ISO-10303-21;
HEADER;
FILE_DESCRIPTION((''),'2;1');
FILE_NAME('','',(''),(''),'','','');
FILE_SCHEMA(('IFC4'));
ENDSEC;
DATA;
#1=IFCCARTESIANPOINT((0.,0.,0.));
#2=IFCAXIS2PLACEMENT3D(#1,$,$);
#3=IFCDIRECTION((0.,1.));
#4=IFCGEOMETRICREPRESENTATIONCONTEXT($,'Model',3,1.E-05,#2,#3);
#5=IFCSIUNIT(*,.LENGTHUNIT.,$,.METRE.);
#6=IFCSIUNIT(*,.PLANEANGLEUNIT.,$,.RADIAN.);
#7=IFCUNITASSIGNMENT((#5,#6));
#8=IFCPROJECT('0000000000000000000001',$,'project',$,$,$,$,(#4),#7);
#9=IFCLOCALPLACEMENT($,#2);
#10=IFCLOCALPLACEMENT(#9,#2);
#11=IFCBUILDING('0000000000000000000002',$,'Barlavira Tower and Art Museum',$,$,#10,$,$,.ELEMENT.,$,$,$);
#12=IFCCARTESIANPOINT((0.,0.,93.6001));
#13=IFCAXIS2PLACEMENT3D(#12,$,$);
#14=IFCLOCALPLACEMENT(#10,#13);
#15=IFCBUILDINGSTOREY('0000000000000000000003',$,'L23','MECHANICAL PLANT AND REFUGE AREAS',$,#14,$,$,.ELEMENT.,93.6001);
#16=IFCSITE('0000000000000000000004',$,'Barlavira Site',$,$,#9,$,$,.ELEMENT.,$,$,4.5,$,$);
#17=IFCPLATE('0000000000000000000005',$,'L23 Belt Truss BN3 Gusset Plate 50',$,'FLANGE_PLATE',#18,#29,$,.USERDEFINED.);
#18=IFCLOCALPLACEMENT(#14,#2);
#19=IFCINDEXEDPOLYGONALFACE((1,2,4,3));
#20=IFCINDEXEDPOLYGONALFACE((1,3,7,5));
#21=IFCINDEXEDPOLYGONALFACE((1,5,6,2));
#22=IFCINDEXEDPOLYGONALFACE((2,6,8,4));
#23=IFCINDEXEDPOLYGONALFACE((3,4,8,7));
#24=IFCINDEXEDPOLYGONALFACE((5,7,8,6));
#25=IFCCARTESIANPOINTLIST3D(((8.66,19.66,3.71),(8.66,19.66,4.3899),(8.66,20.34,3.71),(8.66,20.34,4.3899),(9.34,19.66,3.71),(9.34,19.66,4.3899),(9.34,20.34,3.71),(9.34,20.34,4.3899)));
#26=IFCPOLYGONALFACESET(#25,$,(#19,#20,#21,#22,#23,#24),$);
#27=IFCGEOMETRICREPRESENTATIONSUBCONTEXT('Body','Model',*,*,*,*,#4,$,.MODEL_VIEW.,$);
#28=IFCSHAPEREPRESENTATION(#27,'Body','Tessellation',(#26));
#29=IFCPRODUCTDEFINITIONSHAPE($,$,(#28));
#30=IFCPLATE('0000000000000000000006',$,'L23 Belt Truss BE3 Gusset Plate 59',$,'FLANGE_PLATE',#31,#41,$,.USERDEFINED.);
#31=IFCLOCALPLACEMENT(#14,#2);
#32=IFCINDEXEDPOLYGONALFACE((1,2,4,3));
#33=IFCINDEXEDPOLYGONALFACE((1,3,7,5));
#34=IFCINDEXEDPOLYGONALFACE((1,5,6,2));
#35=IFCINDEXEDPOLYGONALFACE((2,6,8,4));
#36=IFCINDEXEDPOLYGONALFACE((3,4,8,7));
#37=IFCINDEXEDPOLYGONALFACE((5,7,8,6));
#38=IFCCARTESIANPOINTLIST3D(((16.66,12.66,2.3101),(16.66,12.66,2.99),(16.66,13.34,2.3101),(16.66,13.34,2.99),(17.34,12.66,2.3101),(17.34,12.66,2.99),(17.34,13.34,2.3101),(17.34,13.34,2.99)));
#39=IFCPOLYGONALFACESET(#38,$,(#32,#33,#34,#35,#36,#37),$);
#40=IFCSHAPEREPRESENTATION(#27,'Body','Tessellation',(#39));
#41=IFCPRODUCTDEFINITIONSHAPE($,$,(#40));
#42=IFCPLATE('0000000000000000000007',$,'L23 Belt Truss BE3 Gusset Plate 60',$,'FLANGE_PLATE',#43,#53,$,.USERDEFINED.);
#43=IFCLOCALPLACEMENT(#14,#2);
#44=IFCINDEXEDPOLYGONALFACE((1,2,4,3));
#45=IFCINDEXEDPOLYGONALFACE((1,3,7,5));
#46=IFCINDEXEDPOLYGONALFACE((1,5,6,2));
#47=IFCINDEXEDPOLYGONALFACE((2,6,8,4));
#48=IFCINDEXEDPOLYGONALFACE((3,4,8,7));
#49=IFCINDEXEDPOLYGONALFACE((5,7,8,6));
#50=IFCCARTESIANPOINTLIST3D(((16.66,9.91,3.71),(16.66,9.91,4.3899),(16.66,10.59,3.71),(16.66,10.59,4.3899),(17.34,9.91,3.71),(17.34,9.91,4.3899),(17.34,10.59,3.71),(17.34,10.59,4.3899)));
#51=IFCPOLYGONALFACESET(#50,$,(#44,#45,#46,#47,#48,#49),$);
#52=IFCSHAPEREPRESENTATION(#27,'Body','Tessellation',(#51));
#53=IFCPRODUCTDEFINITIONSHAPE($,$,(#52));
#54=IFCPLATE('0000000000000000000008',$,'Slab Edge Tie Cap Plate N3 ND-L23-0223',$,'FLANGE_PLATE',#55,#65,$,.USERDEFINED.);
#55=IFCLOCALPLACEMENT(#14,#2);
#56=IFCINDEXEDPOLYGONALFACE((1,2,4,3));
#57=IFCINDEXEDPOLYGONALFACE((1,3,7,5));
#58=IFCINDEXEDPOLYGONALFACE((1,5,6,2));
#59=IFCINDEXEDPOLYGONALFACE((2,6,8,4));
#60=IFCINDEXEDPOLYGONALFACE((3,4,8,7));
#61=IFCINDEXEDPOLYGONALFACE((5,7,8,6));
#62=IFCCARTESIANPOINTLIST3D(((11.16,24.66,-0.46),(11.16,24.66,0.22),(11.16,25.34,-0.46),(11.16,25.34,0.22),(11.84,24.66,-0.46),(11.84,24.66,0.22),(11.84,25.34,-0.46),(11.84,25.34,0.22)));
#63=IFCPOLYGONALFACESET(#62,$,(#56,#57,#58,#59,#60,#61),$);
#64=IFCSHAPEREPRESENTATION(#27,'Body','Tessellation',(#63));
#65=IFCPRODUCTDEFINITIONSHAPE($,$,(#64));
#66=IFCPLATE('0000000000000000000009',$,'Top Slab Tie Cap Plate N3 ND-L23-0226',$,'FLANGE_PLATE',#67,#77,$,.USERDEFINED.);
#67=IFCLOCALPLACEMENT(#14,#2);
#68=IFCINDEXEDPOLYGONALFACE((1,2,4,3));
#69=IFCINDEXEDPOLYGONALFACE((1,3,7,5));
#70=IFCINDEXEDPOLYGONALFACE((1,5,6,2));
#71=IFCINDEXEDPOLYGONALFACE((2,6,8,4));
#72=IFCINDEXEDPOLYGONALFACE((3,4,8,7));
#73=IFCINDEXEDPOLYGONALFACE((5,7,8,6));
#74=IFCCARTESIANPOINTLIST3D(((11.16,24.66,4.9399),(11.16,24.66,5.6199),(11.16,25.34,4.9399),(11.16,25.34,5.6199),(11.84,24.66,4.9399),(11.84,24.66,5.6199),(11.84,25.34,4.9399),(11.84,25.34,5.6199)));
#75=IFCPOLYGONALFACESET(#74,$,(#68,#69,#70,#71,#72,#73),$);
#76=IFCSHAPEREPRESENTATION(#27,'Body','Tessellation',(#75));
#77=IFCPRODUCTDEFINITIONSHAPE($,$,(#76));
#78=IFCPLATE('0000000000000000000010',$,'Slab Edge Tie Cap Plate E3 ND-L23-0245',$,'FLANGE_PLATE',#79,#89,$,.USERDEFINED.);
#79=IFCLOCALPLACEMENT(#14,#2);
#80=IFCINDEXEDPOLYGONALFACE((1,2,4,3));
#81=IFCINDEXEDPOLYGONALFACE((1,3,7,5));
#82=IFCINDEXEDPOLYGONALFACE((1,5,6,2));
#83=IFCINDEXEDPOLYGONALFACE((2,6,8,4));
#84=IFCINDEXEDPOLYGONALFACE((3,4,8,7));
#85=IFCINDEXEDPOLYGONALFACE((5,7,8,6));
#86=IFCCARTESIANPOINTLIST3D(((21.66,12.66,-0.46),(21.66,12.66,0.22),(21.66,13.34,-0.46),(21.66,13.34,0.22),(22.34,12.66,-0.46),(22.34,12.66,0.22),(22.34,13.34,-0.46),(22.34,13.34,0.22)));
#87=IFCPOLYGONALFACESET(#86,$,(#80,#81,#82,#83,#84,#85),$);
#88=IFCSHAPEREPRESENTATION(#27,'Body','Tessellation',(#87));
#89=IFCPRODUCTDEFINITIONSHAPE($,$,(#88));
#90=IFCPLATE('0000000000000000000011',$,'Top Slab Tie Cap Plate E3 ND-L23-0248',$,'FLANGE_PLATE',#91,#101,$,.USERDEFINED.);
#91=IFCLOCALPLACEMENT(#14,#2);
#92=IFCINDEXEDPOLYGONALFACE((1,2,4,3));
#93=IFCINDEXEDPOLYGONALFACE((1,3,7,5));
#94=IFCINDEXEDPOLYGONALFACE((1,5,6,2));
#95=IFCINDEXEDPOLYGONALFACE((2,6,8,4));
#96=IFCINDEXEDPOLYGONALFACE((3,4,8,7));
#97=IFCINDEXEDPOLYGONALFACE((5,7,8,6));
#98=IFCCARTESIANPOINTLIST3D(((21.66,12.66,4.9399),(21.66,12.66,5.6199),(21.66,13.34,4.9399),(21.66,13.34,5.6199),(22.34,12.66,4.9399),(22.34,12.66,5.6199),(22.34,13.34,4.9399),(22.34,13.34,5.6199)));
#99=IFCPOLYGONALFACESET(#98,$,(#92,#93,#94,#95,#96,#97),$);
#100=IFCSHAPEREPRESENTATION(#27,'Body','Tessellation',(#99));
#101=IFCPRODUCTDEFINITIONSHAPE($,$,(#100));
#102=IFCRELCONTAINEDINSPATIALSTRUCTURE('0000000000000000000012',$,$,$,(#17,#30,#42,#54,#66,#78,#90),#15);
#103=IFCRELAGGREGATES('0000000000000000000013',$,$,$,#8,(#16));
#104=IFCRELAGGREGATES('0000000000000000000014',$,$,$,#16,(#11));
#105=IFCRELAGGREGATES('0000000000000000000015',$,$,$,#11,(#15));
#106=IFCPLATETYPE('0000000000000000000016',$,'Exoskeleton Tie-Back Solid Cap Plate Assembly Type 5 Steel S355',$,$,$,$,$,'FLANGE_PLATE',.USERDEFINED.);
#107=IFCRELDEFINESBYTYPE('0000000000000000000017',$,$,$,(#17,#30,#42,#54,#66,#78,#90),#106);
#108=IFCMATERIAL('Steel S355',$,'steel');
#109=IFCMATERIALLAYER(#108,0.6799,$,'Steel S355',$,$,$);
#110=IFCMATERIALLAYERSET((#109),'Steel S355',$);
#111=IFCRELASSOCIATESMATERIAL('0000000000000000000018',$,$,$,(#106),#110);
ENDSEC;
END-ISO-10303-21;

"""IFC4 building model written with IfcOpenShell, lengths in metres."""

from ifc_helpers import new_model, si_unit, direction, frame, origin, origin_2d, place, context, subcontext, project, spatial, rectangle, extrude, material, layer, layer_set, type_object, element, save


model = new_model("IFC4")

# Units and contexts
model_context = context("Model", 3, precision=1e-05, world=origin(), true_north=direction((0.0, 1.0)))
body_context = subcontext(model_context, "Body", "Model", "MODEL_VIEW")
ifc_project = project(units=[si_unit("LENGTHUNIT", "METRE"), si_unit("PLANEANGLEUNIT", "RADIAN")], contexts=[model_context])

# Site, building, storey
site_placement = place(None, origin())
site = spatial("IfcSite", under=ifc_project, at=site_placement, Name="Barlavira Site", CompositionType="ELEMENT", RefElevation=4.5)
building_placement = place(site_placement, origin())
building = spatial("IfcBuilding", under=site, at=building_placement, Name="Barlavira Tower and Art Museum", CompositionType="ELEMENT")
storey_placement = place(building_placement, frame((0.0, 0.0, 93.6001)))
storey = spatial("IfcBuildingStorey", under=building, at=storey_placement, Name="L23", Description="MECHANICAL PLANT AND REFUGE AREAS", CompositionType="ELEMENT", Elevation=93.6001)

# Shared definitions
ifc_material_1 = material(Name="Steel S355", Category="steel")

# Plates
ifc_layer_1 = layer(ifc_material_1, 0.6799, Name="Steel S355")
ifc_layer_set_1 = layer_set([ifc_layer_1], Name="Steel S355")
plate_type_1 = type_object("IfcPlateType", Name="Exoskeleton Tie-Back Solid Cap Plate Assembly Type 5 Steel S355", ElementType="FLANGE_PLATE", PredefinedType="USERDEFINED", material=ifc_layer_set_1)
for number, where, z_axis, x_axis, name in (
    (1, (9.0, 20.0, 3.71), (0.0, 0.0, 1.0), (1.0, 0.0, 0.0), "L23 Belt Truss BN3 Gusset Plate 50"),
    (2, (17.0, 13.0, 2.3101), (0.0, 0.0, 1.0), (1.0, 0.0, 0.0), "L23 Belt Truss BE3 Gusset Plate 59"),
    (3, (17.0, 10.25, 3.71), (0.0, 0.0, 1.0), (1.0, 0.0, 0.0), "L23 Belt Truss BE3 Gusset Plate 60"),
    (4, (11.5, 25.0, -0.46), (0.0, 0.0, 1.0), (1.0, 0.0, 0.0), "Slab Edge Tie Cap Plate N3 ND-L23-0223"),
    (5, (11.5, 25.0, 4.9399), (0.0, 0.0, 1.0), (1.0, 0.0, 0.0), "Top Slab Tie Cap Plate N3 ND-L23-0226"),
    (6, (22.0, 13.0, -0.46), (0.0, 0.0, 1.0), (1.0, 0.0, 0.0), "Slab Edge Tie Cap Plate E3 ND-L23-0245"),
    (7, (22.0, 13.0, 4.9399), (0.0, 0.0, 1.0), (1.0, 0.0, 0.0), "Top Slab Tie Cap Plate E3 ND-L23-0248"),
):
    element("IfcPlate", number, at=place(storey_placement, frame(where, z_axis=z_axis, x_axis=x_axis)), inside=storey, type_object=plate_type_1, Name=name, ObjectType="FLANGE_PLATE", PredefinedType="USERDEFINED", context=body_context, shape_type="SweptSolid", body=[
        extrude(rectangle(XDim=0.6799, YDim=0.6799, at=origin_2d()), origin(), (0.0, 0.0, 1.0), 0.6799),
    ])

save(model, "model.ifc")
